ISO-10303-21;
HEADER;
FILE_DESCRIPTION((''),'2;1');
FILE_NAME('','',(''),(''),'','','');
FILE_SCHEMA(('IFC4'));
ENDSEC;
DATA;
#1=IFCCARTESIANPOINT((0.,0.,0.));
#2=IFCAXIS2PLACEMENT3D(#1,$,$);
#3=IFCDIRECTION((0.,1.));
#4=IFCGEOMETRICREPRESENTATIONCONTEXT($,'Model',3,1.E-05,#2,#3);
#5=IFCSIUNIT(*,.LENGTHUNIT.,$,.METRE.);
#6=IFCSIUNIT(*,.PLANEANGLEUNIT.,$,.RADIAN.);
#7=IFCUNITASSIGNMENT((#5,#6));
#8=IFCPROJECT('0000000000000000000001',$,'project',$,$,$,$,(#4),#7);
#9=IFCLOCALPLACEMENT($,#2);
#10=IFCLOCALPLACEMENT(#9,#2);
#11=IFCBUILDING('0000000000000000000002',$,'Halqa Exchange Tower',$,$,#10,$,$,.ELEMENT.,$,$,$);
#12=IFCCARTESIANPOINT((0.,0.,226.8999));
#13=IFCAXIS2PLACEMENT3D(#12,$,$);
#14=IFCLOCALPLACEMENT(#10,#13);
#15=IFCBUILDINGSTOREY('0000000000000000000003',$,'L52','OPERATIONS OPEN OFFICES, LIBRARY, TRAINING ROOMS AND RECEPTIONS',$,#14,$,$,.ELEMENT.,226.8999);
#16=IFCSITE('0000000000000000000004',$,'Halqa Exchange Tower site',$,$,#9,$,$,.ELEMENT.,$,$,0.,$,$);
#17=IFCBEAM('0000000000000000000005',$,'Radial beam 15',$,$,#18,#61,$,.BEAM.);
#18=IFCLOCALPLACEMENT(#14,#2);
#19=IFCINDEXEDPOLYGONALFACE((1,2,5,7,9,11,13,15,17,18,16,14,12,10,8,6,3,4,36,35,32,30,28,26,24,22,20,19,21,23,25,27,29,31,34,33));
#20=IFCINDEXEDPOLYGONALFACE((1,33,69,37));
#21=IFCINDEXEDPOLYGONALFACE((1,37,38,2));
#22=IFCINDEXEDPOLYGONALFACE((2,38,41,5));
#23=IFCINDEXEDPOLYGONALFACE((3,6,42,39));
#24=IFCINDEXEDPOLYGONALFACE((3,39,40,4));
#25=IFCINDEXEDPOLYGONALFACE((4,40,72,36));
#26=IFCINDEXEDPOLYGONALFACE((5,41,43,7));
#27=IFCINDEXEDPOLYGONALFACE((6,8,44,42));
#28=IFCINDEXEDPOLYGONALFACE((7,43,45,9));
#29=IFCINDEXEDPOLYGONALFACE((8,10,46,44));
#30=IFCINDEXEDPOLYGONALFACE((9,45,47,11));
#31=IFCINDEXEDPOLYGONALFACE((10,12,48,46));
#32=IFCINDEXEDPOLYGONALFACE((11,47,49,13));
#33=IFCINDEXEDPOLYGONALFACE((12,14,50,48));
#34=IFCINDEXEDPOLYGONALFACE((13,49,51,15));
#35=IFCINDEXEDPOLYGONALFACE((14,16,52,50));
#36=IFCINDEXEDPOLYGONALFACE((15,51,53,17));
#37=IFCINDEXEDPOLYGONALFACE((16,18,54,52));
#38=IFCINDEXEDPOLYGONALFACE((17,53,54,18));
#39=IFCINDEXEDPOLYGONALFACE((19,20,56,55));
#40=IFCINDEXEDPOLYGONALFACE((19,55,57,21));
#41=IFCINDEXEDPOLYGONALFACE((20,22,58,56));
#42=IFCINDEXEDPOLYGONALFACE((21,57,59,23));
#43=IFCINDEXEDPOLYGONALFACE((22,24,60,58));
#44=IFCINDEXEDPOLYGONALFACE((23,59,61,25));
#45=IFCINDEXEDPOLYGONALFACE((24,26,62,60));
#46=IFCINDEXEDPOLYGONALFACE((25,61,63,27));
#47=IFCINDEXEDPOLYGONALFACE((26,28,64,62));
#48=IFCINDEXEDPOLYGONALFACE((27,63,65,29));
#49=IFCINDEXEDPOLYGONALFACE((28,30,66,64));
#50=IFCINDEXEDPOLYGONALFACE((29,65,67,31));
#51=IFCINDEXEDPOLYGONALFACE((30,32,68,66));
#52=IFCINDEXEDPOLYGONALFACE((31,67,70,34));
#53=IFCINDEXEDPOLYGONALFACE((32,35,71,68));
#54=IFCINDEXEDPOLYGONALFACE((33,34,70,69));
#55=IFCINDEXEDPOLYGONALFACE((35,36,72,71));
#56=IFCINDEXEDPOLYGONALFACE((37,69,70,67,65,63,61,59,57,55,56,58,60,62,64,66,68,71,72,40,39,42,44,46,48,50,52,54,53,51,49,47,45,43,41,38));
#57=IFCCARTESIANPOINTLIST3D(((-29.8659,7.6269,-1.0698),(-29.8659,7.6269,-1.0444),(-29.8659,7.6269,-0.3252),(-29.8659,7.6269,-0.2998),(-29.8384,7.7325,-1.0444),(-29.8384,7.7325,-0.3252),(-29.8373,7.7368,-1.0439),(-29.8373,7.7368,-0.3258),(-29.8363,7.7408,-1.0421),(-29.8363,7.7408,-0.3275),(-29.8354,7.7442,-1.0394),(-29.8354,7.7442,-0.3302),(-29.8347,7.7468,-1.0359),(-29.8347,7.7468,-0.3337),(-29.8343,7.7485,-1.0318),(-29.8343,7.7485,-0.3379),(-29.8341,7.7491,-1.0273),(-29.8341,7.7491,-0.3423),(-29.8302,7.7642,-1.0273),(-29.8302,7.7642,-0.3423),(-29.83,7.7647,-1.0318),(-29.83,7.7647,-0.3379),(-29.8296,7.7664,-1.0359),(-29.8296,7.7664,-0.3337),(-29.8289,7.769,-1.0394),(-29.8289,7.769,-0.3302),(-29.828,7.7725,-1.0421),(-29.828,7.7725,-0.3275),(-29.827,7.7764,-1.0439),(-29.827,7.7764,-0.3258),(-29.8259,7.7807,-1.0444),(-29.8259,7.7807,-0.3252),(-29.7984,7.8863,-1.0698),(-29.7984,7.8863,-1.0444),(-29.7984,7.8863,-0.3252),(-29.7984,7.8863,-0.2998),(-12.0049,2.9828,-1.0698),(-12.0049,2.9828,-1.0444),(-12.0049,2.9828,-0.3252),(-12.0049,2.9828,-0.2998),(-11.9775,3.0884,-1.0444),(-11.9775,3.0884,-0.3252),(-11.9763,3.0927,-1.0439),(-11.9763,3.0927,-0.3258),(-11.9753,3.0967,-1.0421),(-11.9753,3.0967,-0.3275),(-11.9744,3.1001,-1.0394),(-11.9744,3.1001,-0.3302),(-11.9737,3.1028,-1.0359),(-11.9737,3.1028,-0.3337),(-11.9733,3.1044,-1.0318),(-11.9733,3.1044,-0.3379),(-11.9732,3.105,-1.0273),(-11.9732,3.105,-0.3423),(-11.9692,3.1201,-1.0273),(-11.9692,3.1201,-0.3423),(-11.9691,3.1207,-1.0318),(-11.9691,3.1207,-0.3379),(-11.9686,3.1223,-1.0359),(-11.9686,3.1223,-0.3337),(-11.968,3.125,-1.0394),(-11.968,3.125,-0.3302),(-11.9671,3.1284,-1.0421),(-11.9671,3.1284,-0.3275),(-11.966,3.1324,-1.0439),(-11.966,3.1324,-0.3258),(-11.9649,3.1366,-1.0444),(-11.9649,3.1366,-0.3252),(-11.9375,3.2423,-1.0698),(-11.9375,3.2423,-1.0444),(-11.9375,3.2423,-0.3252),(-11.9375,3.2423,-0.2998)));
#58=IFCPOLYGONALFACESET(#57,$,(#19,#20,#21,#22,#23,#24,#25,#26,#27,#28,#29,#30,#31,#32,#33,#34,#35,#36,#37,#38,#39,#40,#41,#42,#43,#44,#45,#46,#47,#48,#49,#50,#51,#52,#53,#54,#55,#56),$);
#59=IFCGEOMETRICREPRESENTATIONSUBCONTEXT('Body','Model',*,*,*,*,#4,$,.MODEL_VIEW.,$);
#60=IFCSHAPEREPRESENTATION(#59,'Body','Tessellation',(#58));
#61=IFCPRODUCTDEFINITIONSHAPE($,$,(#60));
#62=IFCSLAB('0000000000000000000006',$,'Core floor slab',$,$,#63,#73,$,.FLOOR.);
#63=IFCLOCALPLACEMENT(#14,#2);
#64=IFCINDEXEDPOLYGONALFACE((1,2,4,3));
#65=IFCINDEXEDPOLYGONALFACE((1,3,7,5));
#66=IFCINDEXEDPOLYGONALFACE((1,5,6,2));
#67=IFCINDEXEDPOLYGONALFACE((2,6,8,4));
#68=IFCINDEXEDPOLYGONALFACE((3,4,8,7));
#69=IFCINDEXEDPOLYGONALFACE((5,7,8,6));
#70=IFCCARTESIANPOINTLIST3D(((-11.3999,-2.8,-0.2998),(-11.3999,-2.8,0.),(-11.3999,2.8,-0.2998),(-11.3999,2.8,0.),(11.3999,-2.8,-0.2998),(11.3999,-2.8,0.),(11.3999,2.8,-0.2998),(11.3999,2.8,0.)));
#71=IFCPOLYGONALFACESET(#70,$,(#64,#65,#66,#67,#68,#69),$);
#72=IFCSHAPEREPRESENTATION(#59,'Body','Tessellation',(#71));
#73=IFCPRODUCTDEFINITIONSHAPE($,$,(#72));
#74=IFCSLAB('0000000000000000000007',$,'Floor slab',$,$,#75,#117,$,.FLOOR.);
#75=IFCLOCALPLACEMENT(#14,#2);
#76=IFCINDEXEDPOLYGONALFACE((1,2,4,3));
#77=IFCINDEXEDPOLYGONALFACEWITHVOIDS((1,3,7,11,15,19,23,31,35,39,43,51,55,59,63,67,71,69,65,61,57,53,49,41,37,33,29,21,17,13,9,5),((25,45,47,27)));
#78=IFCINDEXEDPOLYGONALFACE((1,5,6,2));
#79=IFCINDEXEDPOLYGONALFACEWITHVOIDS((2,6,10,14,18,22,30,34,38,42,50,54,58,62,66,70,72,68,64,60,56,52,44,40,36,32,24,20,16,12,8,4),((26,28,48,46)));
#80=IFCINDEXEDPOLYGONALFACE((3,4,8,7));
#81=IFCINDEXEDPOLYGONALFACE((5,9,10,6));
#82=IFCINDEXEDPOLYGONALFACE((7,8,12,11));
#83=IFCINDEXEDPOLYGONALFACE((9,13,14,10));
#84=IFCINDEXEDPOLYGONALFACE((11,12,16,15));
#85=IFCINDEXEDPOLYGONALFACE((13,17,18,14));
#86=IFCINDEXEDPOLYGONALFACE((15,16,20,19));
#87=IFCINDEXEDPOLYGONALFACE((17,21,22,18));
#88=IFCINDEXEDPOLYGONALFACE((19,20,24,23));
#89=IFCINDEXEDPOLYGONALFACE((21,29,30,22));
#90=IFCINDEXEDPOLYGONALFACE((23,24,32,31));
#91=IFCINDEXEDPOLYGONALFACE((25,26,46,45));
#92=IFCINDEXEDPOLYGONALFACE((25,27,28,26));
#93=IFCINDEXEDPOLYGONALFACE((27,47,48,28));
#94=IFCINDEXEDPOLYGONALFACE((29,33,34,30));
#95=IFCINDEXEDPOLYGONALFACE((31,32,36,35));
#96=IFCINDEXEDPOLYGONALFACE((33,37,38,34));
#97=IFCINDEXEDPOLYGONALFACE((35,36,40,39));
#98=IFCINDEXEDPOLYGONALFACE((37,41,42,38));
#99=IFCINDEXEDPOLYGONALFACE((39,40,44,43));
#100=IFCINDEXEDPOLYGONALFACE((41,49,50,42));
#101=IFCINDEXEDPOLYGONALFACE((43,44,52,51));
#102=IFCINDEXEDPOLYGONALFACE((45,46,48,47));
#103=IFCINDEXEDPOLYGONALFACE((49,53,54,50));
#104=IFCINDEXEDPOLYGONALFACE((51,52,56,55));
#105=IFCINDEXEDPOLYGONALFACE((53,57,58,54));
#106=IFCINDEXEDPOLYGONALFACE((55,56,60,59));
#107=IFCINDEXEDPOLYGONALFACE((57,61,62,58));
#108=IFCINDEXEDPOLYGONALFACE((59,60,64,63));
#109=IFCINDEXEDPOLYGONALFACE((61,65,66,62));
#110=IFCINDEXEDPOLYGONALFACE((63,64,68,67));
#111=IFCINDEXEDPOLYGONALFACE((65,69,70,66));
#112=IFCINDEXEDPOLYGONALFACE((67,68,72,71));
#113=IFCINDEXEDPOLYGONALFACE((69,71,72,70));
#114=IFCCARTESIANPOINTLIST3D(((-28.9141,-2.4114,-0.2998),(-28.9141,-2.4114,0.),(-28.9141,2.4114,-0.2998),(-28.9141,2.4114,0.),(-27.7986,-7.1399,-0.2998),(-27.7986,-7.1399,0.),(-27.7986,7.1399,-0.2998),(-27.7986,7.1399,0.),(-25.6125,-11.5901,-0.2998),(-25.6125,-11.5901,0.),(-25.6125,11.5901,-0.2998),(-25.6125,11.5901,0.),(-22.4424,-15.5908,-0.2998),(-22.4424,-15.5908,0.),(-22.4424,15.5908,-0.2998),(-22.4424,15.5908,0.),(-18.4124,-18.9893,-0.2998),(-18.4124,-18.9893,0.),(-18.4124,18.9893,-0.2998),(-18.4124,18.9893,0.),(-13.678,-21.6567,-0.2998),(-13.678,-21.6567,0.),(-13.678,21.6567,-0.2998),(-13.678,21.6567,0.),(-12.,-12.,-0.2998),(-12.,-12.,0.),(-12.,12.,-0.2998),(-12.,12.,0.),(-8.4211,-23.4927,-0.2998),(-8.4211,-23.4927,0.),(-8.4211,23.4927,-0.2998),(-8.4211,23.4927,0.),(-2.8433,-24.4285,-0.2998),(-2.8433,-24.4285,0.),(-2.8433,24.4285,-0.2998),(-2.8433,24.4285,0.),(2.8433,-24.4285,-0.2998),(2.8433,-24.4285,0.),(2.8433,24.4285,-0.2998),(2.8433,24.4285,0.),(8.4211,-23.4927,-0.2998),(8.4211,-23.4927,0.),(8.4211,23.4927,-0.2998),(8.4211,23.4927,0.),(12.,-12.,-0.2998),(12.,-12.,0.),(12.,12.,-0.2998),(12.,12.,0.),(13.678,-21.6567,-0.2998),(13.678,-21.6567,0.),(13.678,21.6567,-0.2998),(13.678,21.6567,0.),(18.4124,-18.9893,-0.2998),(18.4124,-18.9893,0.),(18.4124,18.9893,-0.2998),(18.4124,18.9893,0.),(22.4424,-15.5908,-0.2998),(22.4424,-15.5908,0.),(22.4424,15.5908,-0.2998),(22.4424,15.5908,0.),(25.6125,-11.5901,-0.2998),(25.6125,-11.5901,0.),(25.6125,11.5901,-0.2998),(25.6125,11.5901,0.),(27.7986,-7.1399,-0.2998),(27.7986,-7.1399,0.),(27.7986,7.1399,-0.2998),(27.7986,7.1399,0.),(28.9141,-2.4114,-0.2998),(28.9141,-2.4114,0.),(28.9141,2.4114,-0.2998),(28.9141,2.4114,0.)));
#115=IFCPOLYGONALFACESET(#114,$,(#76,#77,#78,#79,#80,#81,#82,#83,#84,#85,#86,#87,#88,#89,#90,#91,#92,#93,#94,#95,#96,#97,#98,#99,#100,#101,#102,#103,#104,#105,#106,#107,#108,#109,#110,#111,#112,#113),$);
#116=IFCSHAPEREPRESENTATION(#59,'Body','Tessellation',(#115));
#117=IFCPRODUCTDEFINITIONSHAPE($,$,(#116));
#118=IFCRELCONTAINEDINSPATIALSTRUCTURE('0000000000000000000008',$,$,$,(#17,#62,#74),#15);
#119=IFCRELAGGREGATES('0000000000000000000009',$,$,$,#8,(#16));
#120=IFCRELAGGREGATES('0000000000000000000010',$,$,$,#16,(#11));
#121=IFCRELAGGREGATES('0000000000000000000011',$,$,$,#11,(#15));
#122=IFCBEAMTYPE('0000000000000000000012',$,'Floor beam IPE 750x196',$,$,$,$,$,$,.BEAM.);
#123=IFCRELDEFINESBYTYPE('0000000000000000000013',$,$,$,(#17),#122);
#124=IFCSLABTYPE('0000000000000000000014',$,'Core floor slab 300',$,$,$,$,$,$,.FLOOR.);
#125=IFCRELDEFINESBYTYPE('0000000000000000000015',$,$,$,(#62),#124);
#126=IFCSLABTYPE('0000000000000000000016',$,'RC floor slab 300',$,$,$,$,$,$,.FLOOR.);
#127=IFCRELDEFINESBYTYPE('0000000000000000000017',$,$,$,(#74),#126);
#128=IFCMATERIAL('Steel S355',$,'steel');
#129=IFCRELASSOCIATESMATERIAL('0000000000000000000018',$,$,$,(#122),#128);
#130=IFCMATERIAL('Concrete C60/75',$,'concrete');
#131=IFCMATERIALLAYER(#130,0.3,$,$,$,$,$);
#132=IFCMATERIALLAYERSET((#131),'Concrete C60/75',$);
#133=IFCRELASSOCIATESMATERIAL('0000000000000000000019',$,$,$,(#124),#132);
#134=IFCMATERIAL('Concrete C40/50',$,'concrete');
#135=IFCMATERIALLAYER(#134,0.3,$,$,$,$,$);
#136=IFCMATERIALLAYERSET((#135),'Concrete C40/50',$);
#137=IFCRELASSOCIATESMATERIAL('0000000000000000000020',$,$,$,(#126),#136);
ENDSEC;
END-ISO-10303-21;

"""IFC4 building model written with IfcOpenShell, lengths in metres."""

from ifc_helpers import new_model, si_unit, direction, frame, origin, origin_2d, place, context, subcontext, project, spatial, polyline, i_section, outline, extrude, material, layer, layer_set, material_profile, profile_set, type_object, element, save


model = new_model("IFC4")

# Units and contexts
model_context = context("Model", 3, precision=1e-05, world=origin(), true_north=direction((0.0, 1.0)))
body_context = subcontext(model_context, "Body", "Model", "MODEL_VIEW")
ifc_project = project(units=[si_unit("LENGTHUNIT", "METRE"), si_unit("PLANEANGLEUNIT", "RADIAN")], contexts=[model_context])

# Site, building, storey
site_placement = place(None, origin())
site = spatial("IfcSite", under=ifc_project, at=site_placement, Name="Halqa Exchange Tower site", CompositionType="ELEMENT", RefElevation=0.0)
building_placement = place(site_placement, origin())
building = spatial("IfcBuilding", under=site, at=building_placement, Name="Halqa Exchange Tower", CompositionType="ELEMENT")
storey_placement = place(building_placement, frame((0.0, 0.0, 226.8999)))
storey = spatial("IfcBuildingStorey", under=building, at=storey_placement, Name="L52", Description="OPERATIONS OPEN OFFICES, LIBRARY, TRAINING ROOMS AND RECEPTIONS", CompositionType="ELEMENT", Elevation=226.8999)

# Beam
ifc_material_1 = material(Name="Steel S355", Category="steel")
ifc_material_profile = material_profile(ifc_material_1, i_section(OverallWidth=0.2681, OverallDepth=0.77, WebThickness=0.0156, FlangeThickness=0.0254, FilletRadius=0.0171, at=origin_2d()), Name="IPE 750x196")
ifc_profile_set = profile_set([ifc_material_profile], Name="Steel S355")
beam_type = type_object("IfcBeamType", Name="Floor beam IPE 750x196", PredefinedType="BEAM", material=ifc_profile_set)
beam_placement = place(storey_placement, frame((-11.9712, 3.1125, -0.6848), z_axis=(-0.96782, 0.251645, 0.0), x_axis=(-0.251645, -0.96782, 0.0)))
element("IfcBeam", 1, at=beam_placement, inside=storey, type_object=beam_type, Name="Radial beam 15", PredefinedType="BEAM", context=body_context, shape_type="SweptSolid", body=[
    extrude(i_section(OverallWidth=0.2681, OverallDepth=0.77, WebThickness=0.0156, FlangeThickness=0.0254, FilletRadius=0.0171, at=origin_2d()), origin(), (0.0, 0.0, 1.0), 18.4548),
])

# Slabs
ifc_material_2 = material(Name="Concrete C60/75", Category="concrete")
ifc_layer_1 = layer(ifc_material_2, 0.3)
ifc_layer_set_1 = layer_set([ifc_layer_1], Name="Concrete C60/75")
slab_type_1 = type_object("IfcSlabType", Name="Core floor slab 300", PredefinedType="FLOOR", material=ifc_layer_set_1)
slab_1_placement = place(storey_placement, frame((0.0, 0.0, -0.2998)))
element("IfcSlab", 2, at=slab_1_placement, inside=storey, type_object=slab_type_1, Name="Core floor slab", PredefinedType="FLOOR", context=body_context, shape_type="SweptSolid", body=[
    extrude(outline(polyline([(-11.3999, 2.8), (11.3999, 2.8), (11.3999, -2.8), (-11.3999, -2.8), (-11.3999, 2.8)])), origin(), (0.0, 0.0, 1.0), 0.2998),
])
ifc_material_3 = material(Name="Concrete C40/50", Category="concrete")
ifc_layer_2 = layer(ifc_material_3, 0.3)
ifc_layer_set_2 = layer_set([ifc_layer_2], Name="Concrete C40/50")
slab_type_2 = type_object("IfcSlabType", Name="RC floor slab 300", PredefinedType="FLOOR", material=ifc_layer_set_2)
slab_2_placement = place(storey_placement, frame((0.0, 0.0, -0.2998)))
element("IfcSlab", 3, at=slab_2_placement, inside=storey, type_object=slab_type_2, Name="Floor slab", PredefinedType="FLOOR", context=body_context, shape_type="SweptSolid", body=[
    extrude(outline(polyline([(28.9141, 2.4114), (27.7986, 7.1399), (25.6125, 11.5901), (22.4424, 15.5908), (18.4124, 18.9893), (13.678, 21.6567), (8.4211, 23.4927), (2.8433, 24.4285), (-2.8433, 24.4285), (-8.4211, 23.4927), (-13.678, 21.6567), (-18.4124, 18.9893), (-22.4424, 15.5908), (-25.6125, 11.5901), (-27.7986, 7.1399), (-28.9141, 2.4114), (-28.9141, -2.4114), (-27.7986, -7.1399), (-25.6125, -11.5901), (-22.4424, -15.5908), (-18.4124, -18.9893), (-13.678, -21.6567), (-8.4211, -23.4927), (-2.8433, -24.4285), (2.8433, -24.4285), (8.4211, -23.4927), (13.678, -21.6567), (18.4124, -18.9893), (22.4424, -15.5908), (25.6125, -11.5901), (27.7986, -7.1399), (28.9141, -2.4114), (28.9141, 2.4114)]), holes=[polyline([(-12.0, -12.0), (12.0, -12.0), (12.0, 12.0), (-12.0, 12.0), (-12.0, -12.0)])]), origin(), (0.0, 0.0, 1.0), 0.2998),
])

save(model, "model.ifc")
